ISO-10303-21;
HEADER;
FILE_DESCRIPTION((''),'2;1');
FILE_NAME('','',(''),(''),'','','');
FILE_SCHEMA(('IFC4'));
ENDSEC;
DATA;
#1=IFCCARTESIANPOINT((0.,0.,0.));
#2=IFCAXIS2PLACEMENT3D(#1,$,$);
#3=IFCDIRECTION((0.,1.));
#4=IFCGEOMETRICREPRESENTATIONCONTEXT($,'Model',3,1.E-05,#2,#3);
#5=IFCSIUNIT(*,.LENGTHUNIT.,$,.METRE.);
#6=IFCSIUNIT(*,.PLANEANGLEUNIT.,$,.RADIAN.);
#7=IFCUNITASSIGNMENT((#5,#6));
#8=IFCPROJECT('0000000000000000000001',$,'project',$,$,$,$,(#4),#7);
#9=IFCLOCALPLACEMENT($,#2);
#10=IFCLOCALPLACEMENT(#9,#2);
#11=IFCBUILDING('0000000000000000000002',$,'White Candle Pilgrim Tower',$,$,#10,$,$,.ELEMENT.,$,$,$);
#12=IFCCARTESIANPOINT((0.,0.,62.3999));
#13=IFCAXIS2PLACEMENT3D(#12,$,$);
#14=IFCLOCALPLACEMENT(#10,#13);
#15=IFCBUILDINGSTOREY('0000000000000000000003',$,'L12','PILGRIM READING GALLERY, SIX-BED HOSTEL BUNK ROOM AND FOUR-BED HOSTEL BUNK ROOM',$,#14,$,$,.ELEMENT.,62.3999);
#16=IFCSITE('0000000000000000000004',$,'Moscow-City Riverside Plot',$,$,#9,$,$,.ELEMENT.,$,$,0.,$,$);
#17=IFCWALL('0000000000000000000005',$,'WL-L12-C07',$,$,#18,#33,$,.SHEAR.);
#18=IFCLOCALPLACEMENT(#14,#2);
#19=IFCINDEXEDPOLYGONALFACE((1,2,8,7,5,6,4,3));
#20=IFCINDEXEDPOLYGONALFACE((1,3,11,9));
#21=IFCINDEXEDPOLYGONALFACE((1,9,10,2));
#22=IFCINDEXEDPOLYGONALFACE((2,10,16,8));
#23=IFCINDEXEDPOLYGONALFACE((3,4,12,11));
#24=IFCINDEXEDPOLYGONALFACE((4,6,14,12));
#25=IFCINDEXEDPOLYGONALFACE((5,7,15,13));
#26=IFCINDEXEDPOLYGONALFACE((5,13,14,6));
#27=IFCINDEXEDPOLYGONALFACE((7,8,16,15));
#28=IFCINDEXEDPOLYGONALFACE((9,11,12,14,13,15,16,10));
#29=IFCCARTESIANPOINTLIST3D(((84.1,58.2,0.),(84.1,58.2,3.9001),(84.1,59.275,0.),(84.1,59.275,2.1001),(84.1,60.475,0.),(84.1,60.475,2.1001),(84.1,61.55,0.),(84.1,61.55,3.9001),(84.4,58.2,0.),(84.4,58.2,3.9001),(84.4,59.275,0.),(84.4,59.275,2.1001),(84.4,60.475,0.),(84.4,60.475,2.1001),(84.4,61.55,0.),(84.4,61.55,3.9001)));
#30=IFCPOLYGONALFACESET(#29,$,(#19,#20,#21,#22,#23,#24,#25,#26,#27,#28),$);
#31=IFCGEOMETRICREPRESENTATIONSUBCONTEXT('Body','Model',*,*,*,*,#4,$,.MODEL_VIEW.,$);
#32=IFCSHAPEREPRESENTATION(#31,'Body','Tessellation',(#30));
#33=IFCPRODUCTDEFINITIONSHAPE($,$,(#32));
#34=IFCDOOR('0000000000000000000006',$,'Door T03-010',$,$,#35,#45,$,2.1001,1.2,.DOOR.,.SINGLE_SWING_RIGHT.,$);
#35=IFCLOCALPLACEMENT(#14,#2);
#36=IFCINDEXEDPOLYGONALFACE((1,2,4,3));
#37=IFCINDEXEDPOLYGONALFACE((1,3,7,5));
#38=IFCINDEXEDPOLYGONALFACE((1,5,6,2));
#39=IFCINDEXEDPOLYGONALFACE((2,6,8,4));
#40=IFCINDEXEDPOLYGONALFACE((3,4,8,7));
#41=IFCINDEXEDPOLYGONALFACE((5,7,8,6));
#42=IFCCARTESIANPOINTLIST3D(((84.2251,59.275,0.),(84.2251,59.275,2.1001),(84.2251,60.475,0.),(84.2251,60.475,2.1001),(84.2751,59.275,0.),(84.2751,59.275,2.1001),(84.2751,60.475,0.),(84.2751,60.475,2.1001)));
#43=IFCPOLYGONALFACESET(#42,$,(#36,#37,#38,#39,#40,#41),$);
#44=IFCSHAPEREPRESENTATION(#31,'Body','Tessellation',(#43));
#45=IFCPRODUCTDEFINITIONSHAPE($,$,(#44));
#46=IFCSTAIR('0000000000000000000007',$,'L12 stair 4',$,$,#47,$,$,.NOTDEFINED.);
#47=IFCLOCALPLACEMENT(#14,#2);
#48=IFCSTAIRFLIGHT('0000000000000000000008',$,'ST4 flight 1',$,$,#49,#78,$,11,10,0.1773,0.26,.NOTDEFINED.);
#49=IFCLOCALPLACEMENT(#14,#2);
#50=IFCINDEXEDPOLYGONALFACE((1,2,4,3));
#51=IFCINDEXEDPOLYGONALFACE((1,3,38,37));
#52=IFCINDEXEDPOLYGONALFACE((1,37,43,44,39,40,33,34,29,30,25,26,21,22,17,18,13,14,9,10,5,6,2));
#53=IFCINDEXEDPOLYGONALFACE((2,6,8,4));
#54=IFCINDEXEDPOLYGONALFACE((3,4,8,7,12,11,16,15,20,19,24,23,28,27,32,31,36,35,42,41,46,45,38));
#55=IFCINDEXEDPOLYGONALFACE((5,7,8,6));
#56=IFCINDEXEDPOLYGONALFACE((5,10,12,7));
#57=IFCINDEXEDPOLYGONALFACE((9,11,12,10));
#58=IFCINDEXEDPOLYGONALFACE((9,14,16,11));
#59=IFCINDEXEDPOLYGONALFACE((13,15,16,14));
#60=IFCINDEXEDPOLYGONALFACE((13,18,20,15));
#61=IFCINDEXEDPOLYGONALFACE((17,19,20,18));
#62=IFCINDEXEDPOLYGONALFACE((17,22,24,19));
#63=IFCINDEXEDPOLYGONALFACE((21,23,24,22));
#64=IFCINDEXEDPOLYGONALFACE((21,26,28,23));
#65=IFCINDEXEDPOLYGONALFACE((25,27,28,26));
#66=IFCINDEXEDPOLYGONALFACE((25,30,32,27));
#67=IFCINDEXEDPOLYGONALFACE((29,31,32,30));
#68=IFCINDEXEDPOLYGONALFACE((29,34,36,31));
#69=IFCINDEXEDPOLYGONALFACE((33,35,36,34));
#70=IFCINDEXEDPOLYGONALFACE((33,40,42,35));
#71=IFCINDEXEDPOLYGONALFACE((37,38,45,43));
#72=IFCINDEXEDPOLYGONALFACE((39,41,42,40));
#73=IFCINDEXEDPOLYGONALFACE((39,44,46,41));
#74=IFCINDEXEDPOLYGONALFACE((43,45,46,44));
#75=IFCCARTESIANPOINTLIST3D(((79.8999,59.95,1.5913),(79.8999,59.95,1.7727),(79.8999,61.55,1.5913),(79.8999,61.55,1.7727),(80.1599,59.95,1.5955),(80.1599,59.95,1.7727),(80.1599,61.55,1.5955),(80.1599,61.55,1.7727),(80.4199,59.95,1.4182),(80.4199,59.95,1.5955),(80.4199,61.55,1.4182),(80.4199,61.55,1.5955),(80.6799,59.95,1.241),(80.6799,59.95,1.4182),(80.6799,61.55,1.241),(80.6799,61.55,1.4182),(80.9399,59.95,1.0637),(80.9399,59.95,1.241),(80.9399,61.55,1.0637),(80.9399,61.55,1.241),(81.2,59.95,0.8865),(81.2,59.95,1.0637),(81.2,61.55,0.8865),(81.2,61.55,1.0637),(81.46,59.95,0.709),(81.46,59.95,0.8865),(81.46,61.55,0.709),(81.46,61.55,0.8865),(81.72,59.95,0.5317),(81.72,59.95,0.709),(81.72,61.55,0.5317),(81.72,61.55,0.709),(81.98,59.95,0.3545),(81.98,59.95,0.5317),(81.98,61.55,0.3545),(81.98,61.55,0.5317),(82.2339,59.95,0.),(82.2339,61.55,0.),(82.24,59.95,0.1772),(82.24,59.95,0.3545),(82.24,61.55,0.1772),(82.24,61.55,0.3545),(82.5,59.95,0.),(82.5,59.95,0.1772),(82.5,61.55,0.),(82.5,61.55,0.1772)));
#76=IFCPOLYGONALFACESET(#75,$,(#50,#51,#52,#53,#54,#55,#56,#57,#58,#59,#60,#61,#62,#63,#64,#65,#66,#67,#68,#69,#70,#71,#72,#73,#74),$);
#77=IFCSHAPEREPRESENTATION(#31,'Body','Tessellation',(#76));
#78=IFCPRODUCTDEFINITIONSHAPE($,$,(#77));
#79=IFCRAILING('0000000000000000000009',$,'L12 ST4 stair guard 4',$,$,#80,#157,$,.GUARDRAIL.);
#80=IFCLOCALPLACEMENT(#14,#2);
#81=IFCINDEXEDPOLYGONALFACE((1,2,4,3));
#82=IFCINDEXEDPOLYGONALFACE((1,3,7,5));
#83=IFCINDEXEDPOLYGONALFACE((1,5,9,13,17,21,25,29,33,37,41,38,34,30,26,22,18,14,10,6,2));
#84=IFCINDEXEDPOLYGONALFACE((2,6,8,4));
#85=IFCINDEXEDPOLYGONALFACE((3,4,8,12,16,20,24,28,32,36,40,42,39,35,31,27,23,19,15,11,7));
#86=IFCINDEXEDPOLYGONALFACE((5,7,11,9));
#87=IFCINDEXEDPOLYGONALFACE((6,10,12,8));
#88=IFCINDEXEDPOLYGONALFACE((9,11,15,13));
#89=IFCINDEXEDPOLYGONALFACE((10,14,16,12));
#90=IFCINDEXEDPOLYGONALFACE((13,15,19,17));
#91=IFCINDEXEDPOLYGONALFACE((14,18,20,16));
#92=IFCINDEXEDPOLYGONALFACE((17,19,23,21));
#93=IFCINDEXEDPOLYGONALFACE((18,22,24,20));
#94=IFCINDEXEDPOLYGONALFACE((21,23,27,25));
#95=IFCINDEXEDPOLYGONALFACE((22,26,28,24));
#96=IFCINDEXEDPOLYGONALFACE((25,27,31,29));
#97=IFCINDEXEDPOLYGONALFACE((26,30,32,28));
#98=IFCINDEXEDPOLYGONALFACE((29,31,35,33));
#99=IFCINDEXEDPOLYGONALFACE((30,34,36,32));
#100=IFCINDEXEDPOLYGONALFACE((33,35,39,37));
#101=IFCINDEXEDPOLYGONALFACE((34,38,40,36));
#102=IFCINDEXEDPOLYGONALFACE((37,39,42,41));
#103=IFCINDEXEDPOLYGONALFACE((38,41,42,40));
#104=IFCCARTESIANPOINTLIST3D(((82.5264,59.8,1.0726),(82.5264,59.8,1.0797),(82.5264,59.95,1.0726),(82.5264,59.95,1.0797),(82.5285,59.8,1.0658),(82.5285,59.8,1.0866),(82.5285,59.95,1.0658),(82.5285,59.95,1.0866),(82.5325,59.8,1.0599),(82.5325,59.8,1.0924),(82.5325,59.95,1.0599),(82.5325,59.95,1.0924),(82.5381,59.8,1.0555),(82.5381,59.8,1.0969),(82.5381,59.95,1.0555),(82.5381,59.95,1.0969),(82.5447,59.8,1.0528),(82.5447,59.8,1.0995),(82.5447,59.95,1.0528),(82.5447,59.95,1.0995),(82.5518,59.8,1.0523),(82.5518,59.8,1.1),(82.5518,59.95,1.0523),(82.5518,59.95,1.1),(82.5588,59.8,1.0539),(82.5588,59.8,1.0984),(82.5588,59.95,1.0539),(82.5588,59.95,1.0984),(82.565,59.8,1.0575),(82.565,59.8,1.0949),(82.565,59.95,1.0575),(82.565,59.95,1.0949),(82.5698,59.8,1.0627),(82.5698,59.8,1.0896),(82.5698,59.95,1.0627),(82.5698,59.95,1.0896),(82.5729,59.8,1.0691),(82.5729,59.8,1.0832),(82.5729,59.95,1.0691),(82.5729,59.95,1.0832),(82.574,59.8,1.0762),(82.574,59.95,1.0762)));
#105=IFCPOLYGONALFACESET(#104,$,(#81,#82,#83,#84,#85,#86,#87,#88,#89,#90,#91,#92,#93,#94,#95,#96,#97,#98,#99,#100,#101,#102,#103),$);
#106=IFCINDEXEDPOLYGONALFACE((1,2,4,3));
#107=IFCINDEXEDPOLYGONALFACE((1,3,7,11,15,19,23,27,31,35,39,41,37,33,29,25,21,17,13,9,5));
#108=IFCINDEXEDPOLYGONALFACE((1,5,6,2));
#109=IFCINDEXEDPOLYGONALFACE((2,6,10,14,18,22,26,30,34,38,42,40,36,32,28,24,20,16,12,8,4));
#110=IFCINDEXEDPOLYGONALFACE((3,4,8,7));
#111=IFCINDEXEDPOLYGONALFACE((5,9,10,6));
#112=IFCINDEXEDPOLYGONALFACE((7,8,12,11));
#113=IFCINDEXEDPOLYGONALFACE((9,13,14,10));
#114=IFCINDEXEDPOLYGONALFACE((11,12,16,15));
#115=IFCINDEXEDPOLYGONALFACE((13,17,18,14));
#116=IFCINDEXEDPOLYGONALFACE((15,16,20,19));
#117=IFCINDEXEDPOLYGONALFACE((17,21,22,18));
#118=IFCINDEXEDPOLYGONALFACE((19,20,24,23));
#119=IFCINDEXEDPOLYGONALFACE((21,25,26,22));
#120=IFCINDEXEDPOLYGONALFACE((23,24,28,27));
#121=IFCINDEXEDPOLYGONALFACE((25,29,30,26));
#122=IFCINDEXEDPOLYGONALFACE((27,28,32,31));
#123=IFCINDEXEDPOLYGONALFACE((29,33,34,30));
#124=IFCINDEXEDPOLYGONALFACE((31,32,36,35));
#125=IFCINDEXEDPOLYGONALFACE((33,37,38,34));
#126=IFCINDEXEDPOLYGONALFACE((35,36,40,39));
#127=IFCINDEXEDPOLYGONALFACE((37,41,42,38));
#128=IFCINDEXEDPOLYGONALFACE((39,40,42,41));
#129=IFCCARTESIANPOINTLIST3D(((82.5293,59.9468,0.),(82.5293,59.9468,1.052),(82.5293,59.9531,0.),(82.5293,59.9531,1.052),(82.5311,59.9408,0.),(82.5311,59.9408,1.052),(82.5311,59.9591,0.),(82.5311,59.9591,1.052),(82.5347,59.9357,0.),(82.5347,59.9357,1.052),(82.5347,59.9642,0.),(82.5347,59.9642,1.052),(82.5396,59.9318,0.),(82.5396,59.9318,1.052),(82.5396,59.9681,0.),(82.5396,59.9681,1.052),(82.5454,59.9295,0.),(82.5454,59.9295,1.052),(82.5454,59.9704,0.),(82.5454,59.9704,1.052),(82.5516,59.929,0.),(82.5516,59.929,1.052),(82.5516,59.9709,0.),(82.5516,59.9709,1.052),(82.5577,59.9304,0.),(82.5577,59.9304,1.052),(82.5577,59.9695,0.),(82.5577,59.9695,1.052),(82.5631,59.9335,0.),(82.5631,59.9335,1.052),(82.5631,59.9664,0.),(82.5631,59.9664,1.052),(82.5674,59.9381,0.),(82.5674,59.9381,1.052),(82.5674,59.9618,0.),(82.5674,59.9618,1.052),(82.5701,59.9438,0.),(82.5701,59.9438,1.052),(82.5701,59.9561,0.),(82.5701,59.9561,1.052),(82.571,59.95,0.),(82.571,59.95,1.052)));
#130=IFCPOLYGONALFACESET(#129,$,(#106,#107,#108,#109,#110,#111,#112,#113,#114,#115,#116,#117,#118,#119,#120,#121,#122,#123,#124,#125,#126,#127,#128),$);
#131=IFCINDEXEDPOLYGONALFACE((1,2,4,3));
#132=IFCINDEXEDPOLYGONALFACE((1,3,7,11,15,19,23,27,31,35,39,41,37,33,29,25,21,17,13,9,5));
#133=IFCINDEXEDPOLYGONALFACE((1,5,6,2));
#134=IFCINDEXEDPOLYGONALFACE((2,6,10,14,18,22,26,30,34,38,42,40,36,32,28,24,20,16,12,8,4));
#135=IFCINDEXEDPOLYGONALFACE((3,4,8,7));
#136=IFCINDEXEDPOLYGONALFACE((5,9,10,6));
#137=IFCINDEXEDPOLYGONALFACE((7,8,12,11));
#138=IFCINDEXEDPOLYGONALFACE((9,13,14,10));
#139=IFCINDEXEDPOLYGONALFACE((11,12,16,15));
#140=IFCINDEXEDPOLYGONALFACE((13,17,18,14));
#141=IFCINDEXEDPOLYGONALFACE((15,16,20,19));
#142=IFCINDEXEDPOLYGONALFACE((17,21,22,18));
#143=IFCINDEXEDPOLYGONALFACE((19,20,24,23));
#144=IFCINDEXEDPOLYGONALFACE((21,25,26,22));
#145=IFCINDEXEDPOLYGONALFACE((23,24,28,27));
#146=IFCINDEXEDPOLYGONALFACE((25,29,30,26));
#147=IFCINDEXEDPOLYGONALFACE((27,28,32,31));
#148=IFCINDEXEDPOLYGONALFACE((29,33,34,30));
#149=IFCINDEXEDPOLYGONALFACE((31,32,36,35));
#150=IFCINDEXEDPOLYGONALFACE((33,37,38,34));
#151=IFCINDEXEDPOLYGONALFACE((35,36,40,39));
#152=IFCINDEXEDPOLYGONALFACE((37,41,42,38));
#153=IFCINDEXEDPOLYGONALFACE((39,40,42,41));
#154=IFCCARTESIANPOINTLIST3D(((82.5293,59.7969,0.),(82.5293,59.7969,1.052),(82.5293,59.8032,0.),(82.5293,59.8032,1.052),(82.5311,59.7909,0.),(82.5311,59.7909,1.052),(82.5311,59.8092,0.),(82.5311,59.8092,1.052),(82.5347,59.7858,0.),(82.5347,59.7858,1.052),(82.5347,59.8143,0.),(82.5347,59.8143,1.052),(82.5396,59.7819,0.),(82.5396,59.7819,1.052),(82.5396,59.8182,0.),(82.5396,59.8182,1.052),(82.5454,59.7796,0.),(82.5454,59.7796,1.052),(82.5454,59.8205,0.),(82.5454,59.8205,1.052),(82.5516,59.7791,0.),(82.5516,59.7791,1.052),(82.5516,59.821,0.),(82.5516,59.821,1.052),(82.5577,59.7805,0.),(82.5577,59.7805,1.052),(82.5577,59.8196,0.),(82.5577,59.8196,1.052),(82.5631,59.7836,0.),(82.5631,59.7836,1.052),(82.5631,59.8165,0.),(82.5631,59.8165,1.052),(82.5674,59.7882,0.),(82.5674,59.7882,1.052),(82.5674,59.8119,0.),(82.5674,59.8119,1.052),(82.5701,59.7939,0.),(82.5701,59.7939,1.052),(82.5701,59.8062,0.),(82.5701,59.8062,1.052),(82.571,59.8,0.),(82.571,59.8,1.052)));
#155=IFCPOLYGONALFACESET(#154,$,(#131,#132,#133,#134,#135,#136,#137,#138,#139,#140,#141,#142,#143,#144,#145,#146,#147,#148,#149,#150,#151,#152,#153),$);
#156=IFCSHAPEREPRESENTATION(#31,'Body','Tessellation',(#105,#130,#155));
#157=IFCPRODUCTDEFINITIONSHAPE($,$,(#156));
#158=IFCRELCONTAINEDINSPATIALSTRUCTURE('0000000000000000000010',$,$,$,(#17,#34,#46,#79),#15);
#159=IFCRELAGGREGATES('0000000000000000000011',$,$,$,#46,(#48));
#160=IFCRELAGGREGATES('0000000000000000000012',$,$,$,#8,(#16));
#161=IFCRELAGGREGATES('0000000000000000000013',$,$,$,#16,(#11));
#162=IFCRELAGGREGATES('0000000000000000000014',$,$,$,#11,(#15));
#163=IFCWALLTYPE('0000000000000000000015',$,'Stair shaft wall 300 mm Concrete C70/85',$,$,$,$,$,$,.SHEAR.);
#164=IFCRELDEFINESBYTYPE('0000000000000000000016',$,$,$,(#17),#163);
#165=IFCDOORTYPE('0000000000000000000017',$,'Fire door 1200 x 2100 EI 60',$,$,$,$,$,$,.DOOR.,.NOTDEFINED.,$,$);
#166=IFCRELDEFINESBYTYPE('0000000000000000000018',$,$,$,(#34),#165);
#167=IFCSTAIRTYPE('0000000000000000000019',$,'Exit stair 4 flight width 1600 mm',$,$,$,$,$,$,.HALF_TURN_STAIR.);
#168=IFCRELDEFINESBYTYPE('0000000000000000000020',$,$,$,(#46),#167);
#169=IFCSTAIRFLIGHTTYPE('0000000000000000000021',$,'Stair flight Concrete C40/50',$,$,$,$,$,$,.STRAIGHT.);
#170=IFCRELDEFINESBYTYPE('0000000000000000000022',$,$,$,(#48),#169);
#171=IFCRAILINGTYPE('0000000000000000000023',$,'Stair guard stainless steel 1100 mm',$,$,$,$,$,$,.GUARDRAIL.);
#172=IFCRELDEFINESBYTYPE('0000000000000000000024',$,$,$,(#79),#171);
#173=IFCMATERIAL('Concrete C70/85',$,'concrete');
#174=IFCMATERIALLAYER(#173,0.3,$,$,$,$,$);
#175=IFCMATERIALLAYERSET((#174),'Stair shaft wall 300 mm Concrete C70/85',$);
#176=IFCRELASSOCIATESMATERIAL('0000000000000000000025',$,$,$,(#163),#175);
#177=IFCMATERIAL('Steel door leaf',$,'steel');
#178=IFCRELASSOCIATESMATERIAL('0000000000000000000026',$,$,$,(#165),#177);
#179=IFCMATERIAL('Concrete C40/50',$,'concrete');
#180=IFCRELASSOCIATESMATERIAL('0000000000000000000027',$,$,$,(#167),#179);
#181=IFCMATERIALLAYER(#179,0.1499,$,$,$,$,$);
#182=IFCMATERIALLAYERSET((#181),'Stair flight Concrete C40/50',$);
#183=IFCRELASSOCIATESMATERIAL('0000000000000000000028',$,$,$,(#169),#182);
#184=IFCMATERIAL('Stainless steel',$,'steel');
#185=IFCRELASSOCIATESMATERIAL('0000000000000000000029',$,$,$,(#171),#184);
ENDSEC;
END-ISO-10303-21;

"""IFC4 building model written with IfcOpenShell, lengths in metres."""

from ifc_helpers import new_model, si_unit, direction, frame, frame_2d, origin, origin_2d, place, context, subcontext, project, spatial, polyline, rectangle, circle, outline, extrude, material, layer, layer_set, type_object, element, fill, aggregate, save


model = new_model("IFC4")

# Units and contexts
model_context = context("Model", 3, precision=1e-05, world=origin(), true_north=direction((0.0, 1.0)))
body_context = subcontext(model_context, "Body", "Model", "MODEL_VIEW")
ifc_project = project(units=[si_unit("LENGTHUNIT", "METRE"), si_unit("PLANEANGLEUNIT", "RADIAN")], contexts=[model_context])

# Site, building, storey
site_placement = place(None, origin())
site = spatial("IfcSite", under=ifc_project, at=site_placement, Name="Moscow-City Riverside Plot", CompositionType="ELEMENT", RefElevation=0.0)
building_placement = place(site_placement, origin())
building = spatial("IfcBuilding", under=site, at=building_placement, Name="White Candle Pilgrim Tower", CompositionType="ELEMENT")
storey_placement = place(building_placement, frame((0.0, 0.0, 62.3999)))
storey = spatial("IfcBuildingStorey", under=building, at=storey_placement, Name="L12", Description="PILGRIM READING GALLERY, SIX-BED HOSTEL BUNK ROOM AND FOUR-BED HOSTEL BUNK ROOM", CompositionType="ELEMENT", Elevation=62.3999)

# Shared definitions
ifc_material_1 = material(Name="Concrete C70/85", Category="concrete")

# Shared definitions
ifc_material_2 = material(Name="Steel door leaf", Category="steel")

# Wall, opening, door
ifc_layer_1 = layer(ifc_material_1, 0.3)
ifc_layer_set_1 = layer_set([ifc_layer_1], Name="Stair shaft wall 300 mm Concrete C70/85")
wall_type_1 = type_object("IfcWallType", Name="Stair shaft wall 300 mm Concrete C70/85", PredefinedType="SHEAR", material=ifc_layer_set_1)
wall_1_placement = place(storey_placement, frame((84.25, 58.2, 0.0), z_axis=(0.0, 0.0, 1.0), x_axis=(0.0, 1.0, 0.0)))
wall_1 = element("IfcWall", 1, at=wall_1_placement, inside=storey, type_object=wall_type_1, Name="WL-L12-C07", PredefinedType="SHEAR", context=body_context, shape_type="SweptSolid", body=[
    extrude(rectangle(XDim=3.3501, YDim=0.3, at=frame_2d((1.675, 0.0))), origin(), (0.0, 0.0, 1.0), 3.9001),
])
opening_1_placement = place(wall_1_placement, frame((1.075, 0.0, 0.0)))
opening_1 = element("IfcOpeningElement", 2, at=opening_1_placement, cuts=wall_1, PredefinedType="OPENING", context=body_context, shape_type="SweptSolid", body=[
    extrude(rectangle(XDim=1.2, YDim=2.1001, at=frame_2d((0.6001, 1.05))), frame((0.0, 0.1599, 0.0), z_axis=(0.0, -1.0, 0.0), x_axis=(1.0, 0.0, 0.0)), (0.0, 0.0, 1.0), 0.3201),
])
door_type_1 = type_object("IfcDoorType", Name="Fire door 1200 x 2100 EI 60", OperationType="NOTDEFINED", PredefinedType="DOOR", material=ifc_material_2)
door_1_placement = place(opening_1_placement, origin())
door_1 = element("IfcDoor", 3, at=door_1_placement, inside=storey, type_object=door_type_1, Name="Door T03-010", OperationType="SINGLE_SWING_RIGHT", OverallHeight=2.1001, OverallWidth=1.2, PredefinedType="DOOR", context=body_context, shape_type="SweptSolid", body=[
    extrude(rectangle(XDim=1.2, YDim=2.1001, at=frame_2d((0.6001, 1.05))), frame((0.0, 0.0249, 0.0), z_axis=(0.0, -1.0, 0.0), x_axis=(1.0, 0.0, 0.0)), (0.0, 0.0, 1.0), 0.05),
])
fill(opening_1, door_1)

# Stair, stair flight
ifc_material_3 = material(Name="Concrete C40/50", Category="concrete")
stair_type = type_object("IfcStairType", Name="Exit stair 4 flight width 1600 mm", PredefinedType="HALF_TURN_STAIR", material=ifc_material_3)
stair_placement = place(storey_placement, origin())
stair = element("IfcStair", 4, at=stair_placement, inside=storey, type_object=stair_type, Name="L12 stair 4", PredefinedType="NOTDEFINED")
ifc_layer_2 = layer(ifc_material_3, 0.1499)
ifc_layer_set_2 = layer_set([ifc_layer_2], Name="Stair flight Concrete C40/50")
stair_flight_type = type_object("IfcStairFlightType", Name="Stair flight Concrete C40/50", PredefinedType="STRAIGHT", material=ifc_layer_set_2)
stair_flight_placement = place(storey_placement, frame((82.5, 60.75, 0.0), z_axis=(0.0, 0.0, 1.0), x_axis=(-1.0, 0.0, 0.0)))
stair_flight = element("IfcStairFlight", 5, at=stair_flight_placement, type_object=stair_flight_type, Name="ST4 flight 1", NumberOfRisers=11, NumberOfTreads=10, PredefinedType="NOTDEFINED", RiserHeight=0.1773, TreadLength=0.26, context=body_context, shape_type="SweptSolid", body=[
    extrude(outline(polyline([(0.0, 0.0), (0.0, 0.1772), (0.26, 0.1772), (0.26, 0.3545), (0.52, 0.3545), (0.52, 0.5317), (0.78, 0.5317), (0.78, 0.709), (1.04, 0.709), (1.04, 0.8865), (1.3, 0.8865), (1.3, 1.0637), (1.5601, 1.0637), (1.5601, 1.241), (1.8201, 1.241), (1.8201, 1.4182), (2.0801, 1.4182), (2.0801, 1.5955), (2.3401, 1.5955), (2.3401, 1.7727), (2.6001, 1.7727), (2.6001, 1.95), (2.6001, 1.5913), (0.2661, 0.0), (0.0, 0.0)])), frame((0.0, 0.8, 0.0), z_axis=(0.0, -1.0, 0.0), x_axis=(1.0, 0.0, 0.0)), (0.0, 0.0, 1.0), 1.6001),
])
aggregate(stair, [stair_flight])

# Railing
ifc_material_4 = material(Name="Stainless steel", Category="steel")
railing_type_1 = type_object("IfcRailingType", Name="Stair guard stainless steel 1100 mm", PredefinedType="GUARDRAIL", material=ifc_material_4)
railing_1_placement = place(storey_placement, frame((82.55, 59.95, 0.0)))
element("IfcRailing", 6, at=railing_1_placement, inside=storey, type_object=railing_type_1, Name="L12 ST4 stair guard 4", PredefinedType="GUARDRAIL", context=body_context, shape_type="SweptSolid", body=[
    extrude(circle(Radius=0.0239, at=origin_2d()), frame((0.0, 0.0, 1.0762), z_axis=(0.0, -1.0, 0.0), x_axis=(1.0, 0.0, 0.0)), (0.0, 0.0, 1.0), 0.1499),
    extrude(circle(Radius=0.021, at=origin_2d()), origin(), (0.0, 0.0, 1.0), 1.052),
    extrude(circle(Radius=0.021, at=origin_2d()), frame((0.0, -0.1499, 0.0)), (0.0, 0.0, 1.0), 1.052),
])

save(model, "model.ifc")
